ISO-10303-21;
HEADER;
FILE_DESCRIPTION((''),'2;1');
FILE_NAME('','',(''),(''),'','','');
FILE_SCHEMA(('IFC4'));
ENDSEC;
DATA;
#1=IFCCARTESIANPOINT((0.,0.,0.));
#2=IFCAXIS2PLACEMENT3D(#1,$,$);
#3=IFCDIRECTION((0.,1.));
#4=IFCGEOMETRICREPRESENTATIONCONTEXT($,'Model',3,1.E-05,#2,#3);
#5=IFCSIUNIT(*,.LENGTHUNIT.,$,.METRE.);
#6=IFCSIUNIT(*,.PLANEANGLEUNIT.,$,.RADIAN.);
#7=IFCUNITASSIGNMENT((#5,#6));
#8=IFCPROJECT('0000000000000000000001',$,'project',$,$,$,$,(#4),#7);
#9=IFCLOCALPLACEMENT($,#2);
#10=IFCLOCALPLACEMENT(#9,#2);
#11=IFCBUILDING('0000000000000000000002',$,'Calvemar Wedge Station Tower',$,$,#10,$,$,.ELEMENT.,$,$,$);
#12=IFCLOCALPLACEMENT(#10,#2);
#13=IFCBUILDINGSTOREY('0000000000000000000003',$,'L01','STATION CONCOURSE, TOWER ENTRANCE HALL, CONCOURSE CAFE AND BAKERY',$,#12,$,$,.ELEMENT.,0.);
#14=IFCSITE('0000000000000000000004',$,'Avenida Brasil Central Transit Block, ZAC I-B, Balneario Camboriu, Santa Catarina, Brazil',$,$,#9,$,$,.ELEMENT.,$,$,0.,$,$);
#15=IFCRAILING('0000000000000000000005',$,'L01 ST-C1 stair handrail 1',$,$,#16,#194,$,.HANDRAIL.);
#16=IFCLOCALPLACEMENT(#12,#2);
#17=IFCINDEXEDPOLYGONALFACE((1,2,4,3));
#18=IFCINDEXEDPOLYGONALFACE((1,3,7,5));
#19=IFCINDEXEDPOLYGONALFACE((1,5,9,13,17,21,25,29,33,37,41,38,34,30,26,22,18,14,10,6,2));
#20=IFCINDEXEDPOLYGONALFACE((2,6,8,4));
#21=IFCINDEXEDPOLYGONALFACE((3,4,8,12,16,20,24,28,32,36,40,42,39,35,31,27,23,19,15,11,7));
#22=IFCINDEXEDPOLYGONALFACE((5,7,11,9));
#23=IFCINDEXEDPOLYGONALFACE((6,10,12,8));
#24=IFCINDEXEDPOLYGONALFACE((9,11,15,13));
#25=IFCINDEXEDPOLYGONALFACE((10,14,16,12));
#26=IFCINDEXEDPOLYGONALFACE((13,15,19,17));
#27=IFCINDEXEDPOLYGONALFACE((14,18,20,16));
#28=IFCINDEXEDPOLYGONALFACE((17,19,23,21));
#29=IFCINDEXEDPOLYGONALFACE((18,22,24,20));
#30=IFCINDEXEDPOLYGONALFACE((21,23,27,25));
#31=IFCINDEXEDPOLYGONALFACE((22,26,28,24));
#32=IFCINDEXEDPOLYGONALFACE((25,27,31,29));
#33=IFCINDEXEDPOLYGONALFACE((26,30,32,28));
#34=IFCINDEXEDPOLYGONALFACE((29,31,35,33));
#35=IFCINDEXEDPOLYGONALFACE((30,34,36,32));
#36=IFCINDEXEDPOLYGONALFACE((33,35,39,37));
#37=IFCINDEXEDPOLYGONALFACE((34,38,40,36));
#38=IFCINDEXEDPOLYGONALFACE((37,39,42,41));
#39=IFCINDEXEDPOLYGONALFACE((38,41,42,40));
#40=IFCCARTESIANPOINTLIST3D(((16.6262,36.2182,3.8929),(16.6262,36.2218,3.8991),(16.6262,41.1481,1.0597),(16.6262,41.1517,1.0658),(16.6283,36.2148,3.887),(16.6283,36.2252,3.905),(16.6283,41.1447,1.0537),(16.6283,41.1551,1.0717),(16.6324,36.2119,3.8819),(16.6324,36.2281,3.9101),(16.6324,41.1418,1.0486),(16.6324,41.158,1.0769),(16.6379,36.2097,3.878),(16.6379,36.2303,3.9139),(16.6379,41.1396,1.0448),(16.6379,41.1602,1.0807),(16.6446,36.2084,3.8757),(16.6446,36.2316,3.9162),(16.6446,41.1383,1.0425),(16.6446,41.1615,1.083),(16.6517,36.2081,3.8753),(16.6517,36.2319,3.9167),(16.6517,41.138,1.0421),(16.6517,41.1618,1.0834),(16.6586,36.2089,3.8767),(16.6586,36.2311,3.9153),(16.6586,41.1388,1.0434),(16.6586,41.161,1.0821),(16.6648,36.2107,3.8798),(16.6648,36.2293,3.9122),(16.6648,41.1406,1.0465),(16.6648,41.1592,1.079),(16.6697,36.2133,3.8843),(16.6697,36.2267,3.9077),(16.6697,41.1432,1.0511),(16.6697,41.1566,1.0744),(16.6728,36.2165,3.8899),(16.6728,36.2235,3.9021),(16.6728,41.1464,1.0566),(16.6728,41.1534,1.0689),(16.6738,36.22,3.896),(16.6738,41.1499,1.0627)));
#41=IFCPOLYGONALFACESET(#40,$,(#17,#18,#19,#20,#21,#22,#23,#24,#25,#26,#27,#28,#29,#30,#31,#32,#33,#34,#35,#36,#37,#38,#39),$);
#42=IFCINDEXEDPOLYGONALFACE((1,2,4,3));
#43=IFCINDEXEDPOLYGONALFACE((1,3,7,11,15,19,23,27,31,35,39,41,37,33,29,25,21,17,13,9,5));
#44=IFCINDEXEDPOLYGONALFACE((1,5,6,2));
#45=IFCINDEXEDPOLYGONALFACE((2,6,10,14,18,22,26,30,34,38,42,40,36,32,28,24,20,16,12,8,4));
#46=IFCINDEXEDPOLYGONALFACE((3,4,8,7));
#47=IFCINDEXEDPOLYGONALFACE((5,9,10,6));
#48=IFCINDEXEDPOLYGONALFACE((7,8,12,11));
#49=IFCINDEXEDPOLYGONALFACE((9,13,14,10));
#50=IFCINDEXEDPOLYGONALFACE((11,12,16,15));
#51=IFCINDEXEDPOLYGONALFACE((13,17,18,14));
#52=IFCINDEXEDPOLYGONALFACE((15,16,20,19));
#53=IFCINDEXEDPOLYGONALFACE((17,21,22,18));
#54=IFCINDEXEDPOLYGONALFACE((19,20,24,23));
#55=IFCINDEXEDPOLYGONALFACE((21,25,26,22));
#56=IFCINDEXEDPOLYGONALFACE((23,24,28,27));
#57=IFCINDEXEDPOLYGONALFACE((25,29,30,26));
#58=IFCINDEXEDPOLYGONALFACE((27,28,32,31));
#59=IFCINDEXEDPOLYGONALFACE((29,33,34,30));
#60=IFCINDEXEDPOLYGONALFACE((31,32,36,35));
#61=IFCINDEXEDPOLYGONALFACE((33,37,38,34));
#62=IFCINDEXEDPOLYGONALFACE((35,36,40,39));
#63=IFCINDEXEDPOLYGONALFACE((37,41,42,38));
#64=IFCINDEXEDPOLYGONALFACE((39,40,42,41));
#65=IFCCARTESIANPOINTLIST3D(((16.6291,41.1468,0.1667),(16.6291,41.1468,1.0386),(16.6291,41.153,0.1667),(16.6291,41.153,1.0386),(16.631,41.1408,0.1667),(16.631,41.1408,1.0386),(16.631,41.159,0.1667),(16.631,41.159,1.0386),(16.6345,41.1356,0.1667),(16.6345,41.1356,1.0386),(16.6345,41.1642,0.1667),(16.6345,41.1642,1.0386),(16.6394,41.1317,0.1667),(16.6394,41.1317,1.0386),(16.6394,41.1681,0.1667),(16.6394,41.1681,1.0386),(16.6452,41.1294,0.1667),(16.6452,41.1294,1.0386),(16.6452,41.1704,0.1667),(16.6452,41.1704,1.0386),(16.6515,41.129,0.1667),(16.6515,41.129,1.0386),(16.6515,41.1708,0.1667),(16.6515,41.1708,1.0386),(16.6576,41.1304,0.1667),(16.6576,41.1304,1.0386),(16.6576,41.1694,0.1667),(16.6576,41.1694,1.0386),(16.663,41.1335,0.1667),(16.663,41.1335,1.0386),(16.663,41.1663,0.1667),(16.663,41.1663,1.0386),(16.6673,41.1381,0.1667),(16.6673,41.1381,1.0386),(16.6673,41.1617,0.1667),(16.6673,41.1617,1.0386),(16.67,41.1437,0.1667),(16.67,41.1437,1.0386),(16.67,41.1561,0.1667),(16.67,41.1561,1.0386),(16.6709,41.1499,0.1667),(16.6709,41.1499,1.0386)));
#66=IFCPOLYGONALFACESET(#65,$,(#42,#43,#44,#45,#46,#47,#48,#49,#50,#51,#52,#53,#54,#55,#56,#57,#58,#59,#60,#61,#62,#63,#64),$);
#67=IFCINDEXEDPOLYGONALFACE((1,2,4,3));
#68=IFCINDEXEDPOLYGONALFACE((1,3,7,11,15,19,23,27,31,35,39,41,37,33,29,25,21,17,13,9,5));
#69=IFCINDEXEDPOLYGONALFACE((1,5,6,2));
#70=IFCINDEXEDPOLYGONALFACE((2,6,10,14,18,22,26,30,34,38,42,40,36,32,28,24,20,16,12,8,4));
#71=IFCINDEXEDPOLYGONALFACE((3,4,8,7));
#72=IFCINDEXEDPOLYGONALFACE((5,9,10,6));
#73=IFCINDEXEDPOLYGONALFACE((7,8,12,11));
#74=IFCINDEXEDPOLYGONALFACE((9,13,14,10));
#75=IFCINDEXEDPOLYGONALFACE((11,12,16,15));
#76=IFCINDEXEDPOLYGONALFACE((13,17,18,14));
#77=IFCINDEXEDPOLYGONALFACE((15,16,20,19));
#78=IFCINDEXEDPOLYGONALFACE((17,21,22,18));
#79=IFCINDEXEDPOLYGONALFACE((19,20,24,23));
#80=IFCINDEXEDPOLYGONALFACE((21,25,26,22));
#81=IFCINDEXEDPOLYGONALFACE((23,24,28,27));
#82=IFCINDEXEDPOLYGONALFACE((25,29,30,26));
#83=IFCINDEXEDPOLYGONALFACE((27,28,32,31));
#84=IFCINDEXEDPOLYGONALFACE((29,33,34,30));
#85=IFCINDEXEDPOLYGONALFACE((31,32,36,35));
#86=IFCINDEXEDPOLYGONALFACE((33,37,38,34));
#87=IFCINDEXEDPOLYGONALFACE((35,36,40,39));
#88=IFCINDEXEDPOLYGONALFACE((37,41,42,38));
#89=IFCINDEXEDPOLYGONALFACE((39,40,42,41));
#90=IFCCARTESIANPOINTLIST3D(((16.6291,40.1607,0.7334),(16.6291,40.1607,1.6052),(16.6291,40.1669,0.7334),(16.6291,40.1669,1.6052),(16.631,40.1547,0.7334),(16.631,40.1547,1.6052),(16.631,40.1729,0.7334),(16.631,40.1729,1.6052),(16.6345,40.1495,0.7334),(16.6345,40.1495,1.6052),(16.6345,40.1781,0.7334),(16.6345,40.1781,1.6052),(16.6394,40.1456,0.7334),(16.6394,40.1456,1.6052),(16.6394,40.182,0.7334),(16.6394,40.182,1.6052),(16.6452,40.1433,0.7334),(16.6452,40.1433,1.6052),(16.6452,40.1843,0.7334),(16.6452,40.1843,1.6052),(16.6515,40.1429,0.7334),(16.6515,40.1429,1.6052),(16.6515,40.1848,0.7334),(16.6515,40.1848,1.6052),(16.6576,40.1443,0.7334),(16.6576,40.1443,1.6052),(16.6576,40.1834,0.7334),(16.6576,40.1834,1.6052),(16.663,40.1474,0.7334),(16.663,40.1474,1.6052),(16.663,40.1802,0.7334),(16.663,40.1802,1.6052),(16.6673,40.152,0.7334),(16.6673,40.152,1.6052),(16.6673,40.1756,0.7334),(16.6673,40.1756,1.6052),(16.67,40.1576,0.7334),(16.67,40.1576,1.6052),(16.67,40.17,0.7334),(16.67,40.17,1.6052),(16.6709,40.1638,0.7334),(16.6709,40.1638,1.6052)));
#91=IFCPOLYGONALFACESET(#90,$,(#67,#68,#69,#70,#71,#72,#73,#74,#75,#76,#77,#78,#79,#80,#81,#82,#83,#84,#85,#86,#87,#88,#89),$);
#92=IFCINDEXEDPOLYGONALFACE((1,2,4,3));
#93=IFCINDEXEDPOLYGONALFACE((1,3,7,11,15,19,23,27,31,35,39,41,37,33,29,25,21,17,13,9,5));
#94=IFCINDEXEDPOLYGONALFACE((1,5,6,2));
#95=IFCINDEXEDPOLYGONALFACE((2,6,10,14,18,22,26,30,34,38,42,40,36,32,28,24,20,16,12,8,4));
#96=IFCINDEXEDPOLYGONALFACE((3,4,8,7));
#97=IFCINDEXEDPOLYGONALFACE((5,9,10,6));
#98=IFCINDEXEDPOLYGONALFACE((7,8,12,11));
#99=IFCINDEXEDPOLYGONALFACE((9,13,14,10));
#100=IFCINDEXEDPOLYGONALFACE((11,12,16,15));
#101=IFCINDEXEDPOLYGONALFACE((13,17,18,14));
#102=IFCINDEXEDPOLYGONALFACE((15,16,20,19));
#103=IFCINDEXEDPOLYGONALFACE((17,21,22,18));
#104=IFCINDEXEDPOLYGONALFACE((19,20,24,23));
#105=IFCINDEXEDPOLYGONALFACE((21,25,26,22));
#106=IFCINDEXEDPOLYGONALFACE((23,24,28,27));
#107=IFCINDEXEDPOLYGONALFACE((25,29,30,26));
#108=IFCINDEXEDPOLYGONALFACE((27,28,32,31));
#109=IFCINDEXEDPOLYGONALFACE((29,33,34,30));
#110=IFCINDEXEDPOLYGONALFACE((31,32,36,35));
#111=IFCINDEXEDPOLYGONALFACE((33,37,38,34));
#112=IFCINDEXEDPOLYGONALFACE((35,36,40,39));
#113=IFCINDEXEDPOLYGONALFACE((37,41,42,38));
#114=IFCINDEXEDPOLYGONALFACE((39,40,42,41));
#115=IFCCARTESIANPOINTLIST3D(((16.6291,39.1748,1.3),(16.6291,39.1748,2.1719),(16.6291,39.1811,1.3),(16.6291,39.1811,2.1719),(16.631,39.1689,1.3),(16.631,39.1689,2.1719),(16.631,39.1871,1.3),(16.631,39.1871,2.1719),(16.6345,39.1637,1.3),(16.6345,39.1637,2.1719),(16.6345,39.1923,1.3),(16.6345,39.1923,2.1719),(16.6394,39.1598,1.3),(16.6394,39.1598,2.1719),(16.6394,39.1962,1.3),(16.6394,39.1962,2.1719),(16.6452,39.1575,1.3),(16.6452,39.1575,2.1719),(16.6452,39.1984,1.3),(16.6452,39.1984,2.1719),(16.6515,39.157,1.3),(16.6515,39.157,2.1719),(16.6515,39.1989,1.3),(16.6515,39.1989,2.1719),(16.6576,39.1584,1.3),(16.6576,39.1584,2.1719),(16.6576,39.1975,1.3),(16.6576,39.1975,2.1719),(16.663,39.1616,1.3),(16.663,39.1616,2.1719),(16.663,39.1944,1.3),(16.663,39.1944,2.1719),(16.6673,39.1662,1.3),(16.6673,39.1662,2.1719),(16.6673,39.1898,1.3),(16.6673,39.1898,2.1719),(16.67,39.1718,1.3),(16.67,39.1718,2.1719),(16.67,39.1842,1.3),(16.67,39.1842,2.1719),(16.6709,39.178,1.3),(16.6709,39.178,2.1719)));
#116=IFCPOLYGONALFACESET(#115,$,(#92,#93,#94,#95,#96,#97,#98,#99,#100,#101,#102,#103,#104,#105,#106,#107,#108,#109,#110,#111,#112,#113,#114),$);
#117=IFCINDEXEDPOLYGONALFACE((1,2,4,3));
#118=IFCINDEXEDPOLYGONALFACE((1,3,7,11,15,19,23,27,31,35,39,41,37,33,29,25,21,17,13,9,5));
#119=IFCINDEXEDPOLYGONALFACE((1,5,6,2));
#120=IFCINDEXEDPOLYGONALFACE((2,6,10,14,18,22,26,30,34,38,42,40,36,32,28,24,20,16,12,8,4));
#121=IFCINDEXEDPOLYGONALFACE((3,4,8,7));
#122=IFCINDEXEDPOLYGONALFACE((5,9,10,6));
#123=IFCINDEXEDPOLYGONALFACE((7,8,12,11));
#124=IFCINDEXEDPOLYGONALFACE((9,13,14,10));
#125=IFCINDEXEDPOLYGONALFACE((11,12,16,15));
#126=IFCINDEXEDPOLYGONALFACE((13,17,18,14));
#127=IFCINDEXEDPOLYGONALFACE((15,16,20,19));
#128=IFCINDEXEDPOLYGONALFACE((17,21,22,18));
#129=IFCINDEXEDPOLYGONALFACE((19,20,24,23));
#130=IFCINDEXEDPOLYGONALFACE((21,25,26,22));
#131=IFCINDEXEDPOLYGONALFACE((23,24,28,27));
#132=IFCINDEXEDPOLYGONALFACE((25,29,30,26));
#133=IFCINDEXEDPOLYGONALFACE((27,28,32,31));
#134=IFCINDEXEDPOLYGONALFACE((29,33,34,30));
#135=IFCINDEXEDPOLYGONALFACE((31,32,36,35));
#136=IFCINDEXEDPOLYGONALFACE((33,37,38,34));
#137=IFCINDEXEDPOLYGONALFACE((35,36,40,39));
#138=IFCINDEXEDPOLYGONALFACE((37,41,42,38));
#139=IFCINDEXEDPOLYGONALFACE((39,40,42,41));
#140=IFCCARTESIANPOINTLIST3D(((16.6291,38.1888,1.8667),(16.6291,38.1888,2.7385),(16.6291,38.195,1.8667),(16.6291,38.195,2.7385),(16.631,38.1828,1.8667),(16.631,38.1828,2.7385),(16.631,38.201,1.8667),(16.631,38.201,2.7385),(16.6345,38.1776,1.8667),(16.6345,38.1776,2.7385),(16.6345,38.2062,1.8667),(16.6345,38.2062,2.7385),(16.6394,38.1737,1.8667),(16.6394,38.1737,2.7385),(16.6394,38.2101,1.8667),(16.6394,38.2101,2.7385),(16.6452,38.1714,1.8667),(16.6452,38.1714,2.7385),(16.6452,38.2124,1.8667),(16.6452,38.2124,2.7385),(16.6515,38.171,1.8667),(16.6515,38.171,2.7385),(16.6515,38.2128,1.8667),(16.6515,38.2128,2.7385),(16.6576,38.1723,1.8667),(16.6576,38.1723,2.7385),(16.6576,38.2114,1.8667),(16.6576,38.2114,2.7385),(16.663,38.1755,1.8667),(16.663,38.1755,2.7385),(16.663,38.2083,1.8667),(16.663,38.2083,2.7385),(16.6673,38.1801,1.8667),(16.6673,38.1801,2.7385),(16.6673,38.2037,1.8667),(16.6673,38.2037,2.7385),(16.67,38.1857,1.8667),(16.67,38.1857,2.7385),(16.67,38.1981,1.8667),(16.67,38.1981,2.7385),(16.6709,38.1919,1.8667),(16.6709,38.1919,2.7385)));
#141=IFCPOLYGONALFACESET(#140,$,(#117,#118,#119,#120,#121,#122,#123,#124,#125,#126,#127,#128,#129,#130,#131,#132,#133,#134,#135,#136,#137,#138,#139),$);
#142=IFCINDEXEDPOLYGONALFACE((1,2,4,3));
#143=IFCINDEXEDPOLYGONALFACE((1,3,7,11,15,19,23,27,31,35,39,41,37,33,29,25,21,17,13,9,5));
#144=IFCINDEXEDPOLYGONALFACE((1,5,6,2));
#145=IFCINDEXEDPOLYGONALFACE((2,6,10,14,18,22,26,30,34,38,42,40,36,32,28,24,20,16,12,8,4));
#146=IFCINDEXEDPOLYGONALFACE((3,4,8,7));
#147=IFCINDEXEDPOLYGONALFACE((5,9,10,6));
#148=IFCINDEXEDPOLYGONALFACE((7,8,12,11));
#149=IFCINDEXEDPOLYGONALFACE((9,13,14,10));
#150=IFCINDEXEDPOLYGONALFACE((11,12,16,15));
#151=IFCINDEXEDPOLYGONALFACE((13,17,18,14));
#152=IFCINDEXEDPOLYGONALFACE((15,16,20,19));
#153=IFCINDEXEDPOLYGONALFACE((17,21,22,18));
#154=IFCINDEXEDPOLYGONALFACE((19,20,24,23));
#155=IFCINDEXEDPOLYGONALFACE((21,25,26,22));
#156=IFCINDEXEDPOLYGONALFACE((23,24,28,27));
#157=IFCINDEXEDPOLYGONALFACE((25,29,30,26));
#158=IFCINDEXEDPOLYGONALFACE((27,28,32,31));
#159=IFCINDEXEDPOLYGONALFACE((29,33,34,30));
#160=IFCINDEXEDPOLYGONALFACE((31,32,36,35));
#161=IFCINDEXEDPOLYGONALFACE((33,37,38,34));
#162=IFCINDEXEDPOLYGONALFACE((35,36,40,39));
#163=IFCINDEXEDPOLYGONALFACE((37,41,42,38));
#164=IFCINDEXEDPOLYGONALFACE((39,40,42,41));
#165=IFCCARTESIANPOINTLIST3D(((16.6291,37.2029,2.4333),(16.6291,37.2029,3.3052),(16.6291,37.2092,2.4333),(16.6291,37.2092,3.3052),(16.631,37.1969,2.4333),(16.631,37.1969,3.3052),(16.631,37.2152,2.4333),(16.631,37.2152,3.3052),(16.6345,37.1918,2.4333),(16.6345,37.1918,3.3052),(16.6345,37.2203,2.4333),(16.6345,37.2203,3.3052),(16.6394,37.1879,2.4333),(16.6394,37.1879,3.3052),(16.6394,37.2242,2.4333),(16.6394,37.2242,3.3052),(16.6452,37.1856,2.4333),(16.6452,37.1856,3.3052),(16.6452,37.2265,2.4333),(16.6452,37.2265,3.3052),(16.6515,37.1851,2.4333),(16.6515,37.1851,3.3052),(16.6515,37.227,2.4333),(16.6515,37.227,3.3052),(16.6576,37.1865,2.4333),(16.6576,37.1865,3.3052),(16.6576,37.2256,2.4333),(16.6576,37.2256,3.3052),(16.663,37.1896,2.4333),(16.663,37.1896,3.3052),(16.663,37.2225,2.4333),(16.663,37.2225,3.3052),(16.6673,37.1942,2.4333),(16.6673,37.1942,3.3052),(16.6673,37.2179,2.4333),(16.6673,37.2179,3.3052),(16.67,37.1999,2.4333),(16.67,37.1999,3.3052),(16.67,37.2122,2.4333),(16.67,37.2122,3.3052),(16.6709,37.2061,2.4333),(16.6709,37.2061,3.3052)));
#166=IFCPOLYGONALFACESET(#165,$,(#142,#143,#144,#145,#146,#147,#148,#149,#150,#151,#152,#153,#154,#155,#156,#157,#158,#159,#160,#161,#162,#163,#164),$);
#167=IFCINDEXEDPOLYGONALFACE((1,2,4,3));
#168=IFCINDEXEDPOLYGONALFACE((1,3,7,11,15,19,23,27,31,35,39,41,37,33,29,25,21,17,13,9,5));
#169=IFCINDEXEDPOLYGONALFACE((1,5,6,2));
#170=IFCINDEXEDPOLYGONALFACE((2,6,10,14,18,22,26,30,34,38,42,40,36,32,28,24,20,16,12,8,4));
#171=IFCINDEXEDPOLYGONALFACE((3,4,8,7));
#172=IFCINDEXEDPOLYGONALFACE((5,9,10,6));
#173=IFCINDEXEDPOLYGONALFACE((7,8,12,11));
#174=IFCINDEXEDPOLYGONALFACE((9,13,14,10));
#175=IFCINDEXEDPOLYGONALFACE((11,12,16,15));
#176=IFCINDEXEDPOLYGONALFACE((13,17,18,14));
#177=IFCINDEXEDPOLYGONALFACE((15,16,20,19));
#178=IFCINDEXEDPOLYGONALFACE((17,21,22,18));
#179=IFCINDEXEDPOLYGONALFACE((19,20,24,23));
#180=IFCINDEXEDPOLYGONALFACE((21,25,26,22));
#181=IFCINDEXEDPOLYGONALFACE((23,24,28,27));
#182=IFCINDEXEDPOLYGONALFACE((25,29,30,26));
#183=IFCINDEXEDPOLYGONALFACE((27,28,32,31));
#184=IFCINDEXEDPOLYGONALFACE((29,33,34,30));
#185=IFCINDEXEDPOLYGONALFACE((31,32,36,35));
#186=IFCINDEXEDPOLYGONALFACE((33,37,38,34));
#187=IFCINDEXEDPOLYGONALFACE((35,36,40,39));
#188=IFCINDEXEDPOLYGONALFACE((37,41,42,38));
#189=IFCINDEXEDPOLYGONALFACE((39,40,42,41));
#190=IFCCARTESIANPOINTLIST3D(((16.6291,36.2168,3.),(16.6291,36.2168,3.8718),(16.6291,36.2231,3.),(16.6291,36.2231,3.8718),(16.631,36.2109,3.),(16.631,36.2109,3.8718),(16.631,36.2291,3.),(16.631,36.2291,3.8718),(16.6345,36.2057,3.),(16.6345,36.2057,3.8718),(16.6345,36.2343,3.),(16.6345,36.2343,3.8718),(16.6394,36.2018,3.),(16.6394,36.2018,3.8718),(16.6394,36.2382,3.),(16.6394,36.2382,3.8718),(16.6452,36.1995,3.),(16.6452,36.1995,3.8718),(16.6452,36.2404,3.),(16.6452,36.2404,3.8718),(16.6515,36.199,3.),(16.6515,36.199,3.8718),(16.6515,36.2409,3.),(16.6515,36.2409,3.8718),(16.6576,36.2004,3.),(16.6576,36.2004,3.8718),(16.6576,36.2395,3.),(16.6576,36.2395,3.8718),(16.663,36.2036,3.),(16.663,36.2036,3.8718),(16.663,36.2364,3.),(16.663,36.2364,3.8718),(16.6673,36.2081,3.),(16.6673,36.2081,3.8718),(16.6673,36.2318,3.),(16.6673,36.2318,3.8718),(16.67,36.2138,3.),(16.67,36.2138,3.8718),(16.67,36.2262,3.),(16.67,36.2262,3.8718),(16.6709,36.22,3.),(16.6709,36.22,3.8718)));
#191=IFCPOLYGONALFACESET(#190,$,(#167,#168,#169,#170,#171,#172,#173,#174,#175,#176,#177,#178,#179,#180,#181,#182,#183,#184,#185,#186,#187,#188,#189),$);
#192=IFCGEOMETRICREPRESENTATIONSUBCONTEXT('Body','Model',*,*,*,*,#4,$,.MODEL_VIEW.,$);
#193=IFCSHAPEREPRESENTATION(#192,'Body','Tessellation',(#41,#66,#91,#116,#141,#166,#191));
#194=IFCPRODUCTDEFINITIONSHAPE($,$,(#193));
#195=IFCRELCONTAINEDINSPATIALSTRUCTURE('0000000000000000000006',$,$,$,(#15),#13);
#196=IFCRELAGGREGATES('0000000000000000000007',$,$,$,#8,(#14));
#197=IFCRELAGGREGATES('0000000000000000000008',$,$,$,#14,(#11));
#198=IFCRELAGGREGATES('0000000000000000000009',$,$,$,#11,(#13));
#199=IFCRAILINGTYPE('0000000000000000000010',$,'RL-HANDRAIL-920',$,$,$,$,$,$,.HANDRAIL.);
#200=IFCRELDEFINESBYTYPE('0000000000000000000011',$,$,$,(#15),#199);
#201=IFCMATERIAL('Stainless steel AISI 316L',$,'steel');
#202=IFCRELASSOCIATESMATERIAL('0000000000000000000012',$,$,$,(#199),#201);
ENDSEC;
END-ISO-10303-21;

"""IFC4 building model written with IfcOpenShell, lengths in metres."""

from ifc_helpers import new_model, si_unit, direction, frame, origin, origin_2d, place, context, subcontext, project, spatial, circle, extrude, material, type_object, element, save


model = new_model("IFC4")

# Units and contexts
model_context = context("Model", 3, precision=1e-05, world=origin(), true_north=direction((0.0, 1.0)))
body_context = subcontext(model_context, "Body", "Model", "MODEL_VIEW")
ifc_project = project(units=[si_unit("LENGTHUNIT", "METRE"), si_unit("PLANEANGLEUNIT", "RADIAN")], contexts=[model_context])

# Site, building, storey
site_placement = place(None, origin())
site = spatial("IfcSite", under=ifc_project, at=site_placement, Name="Avenida Brasil Central Transit Block, ZAC I-B, Balneario Camboriu, Santa Catarina, Brazil", CompositionType="ELEMENT", RefElevation=0.0)
building_placement = place(site_placement, origin())
building = spatial("IfcBuilding", under=site, at=building_placement, Name="Calvemar Wedge Station Tower", CompositionType="ELEMENT")
storey_placement = place(building_placement, origin())
storey = spatial("IfcBuildingStorey", under=building, at=storey_placement, Name="L01", Description="STATION CONCOURSE, TOWER ENTRANCE HALL, CONCOURSE CAFE AND BAKERY", CompositionType="ELEMENT", Elevation=0.0)

# Railing
ifc_material_1 = material(Name="Stainless steel AISI 316L", Category="steel")
railing_type_1 = type_object("IfcRailingType", Name="RL-HANDRAIL-920", PredefinedType="HANDRAIL", material=ifc_material_1)
railing_1_placement = place(storey_placement, frame((16.6499, 41.1499, 0.1667)))
element("IfcRailing", 1, at=railing_1_placement, inside=storey, type_object=railing_type_1, Name="L01 ST-C1 stair handrail 1", PredefinedType="HANDRAIL", context=body_context, shape_type="SweptSolid", body=[
    extrude(circle(Radius=0.0239, at=origin_2d()), frame((0.0, 0.0, 0.896), z_axis=(0.0, -0.867017, 0.498278), x_axis=(1.0, 0.0, 0.0)), (0.0, 0.0, 1.0), 5.686),
    extrude(circle(Radius=0.021, at=origin_2d()), origin(), (0.0, 0.0, 1.0), 0.8718),
    extrude(circle(Radius=0.021, at=origin_2d()), frame((0.0, -0.9861, 0.5667)), (0.0, 0.0, 1.0), 0.8718),
    extrude(circle(Radius=0.021, at=origin_2d()), frame((0.0, -1.9719, 1.1333)), (0.0, 0.0, 1.0), 0.8718),
    extrude(circle(Radius=0.021, at=origin_2d()), frame((0.0, -2.958, 1.7)), (0.0, 0.0, 1.0), 0.8718),
    extrude(circle(Radius=0.021, at=origin_2d()), frame((0.0, -3.9438, 2.2666)), (0.0, 0.0, 1.0), 0.8718),
    extrude(circle(Radius=0.021, at=origin_2d()), frame((0.0, -4.9299, 2.8333)), (0.0, 0.0, 1.0), 0.8718),
])

save(model, "model.ifc")
